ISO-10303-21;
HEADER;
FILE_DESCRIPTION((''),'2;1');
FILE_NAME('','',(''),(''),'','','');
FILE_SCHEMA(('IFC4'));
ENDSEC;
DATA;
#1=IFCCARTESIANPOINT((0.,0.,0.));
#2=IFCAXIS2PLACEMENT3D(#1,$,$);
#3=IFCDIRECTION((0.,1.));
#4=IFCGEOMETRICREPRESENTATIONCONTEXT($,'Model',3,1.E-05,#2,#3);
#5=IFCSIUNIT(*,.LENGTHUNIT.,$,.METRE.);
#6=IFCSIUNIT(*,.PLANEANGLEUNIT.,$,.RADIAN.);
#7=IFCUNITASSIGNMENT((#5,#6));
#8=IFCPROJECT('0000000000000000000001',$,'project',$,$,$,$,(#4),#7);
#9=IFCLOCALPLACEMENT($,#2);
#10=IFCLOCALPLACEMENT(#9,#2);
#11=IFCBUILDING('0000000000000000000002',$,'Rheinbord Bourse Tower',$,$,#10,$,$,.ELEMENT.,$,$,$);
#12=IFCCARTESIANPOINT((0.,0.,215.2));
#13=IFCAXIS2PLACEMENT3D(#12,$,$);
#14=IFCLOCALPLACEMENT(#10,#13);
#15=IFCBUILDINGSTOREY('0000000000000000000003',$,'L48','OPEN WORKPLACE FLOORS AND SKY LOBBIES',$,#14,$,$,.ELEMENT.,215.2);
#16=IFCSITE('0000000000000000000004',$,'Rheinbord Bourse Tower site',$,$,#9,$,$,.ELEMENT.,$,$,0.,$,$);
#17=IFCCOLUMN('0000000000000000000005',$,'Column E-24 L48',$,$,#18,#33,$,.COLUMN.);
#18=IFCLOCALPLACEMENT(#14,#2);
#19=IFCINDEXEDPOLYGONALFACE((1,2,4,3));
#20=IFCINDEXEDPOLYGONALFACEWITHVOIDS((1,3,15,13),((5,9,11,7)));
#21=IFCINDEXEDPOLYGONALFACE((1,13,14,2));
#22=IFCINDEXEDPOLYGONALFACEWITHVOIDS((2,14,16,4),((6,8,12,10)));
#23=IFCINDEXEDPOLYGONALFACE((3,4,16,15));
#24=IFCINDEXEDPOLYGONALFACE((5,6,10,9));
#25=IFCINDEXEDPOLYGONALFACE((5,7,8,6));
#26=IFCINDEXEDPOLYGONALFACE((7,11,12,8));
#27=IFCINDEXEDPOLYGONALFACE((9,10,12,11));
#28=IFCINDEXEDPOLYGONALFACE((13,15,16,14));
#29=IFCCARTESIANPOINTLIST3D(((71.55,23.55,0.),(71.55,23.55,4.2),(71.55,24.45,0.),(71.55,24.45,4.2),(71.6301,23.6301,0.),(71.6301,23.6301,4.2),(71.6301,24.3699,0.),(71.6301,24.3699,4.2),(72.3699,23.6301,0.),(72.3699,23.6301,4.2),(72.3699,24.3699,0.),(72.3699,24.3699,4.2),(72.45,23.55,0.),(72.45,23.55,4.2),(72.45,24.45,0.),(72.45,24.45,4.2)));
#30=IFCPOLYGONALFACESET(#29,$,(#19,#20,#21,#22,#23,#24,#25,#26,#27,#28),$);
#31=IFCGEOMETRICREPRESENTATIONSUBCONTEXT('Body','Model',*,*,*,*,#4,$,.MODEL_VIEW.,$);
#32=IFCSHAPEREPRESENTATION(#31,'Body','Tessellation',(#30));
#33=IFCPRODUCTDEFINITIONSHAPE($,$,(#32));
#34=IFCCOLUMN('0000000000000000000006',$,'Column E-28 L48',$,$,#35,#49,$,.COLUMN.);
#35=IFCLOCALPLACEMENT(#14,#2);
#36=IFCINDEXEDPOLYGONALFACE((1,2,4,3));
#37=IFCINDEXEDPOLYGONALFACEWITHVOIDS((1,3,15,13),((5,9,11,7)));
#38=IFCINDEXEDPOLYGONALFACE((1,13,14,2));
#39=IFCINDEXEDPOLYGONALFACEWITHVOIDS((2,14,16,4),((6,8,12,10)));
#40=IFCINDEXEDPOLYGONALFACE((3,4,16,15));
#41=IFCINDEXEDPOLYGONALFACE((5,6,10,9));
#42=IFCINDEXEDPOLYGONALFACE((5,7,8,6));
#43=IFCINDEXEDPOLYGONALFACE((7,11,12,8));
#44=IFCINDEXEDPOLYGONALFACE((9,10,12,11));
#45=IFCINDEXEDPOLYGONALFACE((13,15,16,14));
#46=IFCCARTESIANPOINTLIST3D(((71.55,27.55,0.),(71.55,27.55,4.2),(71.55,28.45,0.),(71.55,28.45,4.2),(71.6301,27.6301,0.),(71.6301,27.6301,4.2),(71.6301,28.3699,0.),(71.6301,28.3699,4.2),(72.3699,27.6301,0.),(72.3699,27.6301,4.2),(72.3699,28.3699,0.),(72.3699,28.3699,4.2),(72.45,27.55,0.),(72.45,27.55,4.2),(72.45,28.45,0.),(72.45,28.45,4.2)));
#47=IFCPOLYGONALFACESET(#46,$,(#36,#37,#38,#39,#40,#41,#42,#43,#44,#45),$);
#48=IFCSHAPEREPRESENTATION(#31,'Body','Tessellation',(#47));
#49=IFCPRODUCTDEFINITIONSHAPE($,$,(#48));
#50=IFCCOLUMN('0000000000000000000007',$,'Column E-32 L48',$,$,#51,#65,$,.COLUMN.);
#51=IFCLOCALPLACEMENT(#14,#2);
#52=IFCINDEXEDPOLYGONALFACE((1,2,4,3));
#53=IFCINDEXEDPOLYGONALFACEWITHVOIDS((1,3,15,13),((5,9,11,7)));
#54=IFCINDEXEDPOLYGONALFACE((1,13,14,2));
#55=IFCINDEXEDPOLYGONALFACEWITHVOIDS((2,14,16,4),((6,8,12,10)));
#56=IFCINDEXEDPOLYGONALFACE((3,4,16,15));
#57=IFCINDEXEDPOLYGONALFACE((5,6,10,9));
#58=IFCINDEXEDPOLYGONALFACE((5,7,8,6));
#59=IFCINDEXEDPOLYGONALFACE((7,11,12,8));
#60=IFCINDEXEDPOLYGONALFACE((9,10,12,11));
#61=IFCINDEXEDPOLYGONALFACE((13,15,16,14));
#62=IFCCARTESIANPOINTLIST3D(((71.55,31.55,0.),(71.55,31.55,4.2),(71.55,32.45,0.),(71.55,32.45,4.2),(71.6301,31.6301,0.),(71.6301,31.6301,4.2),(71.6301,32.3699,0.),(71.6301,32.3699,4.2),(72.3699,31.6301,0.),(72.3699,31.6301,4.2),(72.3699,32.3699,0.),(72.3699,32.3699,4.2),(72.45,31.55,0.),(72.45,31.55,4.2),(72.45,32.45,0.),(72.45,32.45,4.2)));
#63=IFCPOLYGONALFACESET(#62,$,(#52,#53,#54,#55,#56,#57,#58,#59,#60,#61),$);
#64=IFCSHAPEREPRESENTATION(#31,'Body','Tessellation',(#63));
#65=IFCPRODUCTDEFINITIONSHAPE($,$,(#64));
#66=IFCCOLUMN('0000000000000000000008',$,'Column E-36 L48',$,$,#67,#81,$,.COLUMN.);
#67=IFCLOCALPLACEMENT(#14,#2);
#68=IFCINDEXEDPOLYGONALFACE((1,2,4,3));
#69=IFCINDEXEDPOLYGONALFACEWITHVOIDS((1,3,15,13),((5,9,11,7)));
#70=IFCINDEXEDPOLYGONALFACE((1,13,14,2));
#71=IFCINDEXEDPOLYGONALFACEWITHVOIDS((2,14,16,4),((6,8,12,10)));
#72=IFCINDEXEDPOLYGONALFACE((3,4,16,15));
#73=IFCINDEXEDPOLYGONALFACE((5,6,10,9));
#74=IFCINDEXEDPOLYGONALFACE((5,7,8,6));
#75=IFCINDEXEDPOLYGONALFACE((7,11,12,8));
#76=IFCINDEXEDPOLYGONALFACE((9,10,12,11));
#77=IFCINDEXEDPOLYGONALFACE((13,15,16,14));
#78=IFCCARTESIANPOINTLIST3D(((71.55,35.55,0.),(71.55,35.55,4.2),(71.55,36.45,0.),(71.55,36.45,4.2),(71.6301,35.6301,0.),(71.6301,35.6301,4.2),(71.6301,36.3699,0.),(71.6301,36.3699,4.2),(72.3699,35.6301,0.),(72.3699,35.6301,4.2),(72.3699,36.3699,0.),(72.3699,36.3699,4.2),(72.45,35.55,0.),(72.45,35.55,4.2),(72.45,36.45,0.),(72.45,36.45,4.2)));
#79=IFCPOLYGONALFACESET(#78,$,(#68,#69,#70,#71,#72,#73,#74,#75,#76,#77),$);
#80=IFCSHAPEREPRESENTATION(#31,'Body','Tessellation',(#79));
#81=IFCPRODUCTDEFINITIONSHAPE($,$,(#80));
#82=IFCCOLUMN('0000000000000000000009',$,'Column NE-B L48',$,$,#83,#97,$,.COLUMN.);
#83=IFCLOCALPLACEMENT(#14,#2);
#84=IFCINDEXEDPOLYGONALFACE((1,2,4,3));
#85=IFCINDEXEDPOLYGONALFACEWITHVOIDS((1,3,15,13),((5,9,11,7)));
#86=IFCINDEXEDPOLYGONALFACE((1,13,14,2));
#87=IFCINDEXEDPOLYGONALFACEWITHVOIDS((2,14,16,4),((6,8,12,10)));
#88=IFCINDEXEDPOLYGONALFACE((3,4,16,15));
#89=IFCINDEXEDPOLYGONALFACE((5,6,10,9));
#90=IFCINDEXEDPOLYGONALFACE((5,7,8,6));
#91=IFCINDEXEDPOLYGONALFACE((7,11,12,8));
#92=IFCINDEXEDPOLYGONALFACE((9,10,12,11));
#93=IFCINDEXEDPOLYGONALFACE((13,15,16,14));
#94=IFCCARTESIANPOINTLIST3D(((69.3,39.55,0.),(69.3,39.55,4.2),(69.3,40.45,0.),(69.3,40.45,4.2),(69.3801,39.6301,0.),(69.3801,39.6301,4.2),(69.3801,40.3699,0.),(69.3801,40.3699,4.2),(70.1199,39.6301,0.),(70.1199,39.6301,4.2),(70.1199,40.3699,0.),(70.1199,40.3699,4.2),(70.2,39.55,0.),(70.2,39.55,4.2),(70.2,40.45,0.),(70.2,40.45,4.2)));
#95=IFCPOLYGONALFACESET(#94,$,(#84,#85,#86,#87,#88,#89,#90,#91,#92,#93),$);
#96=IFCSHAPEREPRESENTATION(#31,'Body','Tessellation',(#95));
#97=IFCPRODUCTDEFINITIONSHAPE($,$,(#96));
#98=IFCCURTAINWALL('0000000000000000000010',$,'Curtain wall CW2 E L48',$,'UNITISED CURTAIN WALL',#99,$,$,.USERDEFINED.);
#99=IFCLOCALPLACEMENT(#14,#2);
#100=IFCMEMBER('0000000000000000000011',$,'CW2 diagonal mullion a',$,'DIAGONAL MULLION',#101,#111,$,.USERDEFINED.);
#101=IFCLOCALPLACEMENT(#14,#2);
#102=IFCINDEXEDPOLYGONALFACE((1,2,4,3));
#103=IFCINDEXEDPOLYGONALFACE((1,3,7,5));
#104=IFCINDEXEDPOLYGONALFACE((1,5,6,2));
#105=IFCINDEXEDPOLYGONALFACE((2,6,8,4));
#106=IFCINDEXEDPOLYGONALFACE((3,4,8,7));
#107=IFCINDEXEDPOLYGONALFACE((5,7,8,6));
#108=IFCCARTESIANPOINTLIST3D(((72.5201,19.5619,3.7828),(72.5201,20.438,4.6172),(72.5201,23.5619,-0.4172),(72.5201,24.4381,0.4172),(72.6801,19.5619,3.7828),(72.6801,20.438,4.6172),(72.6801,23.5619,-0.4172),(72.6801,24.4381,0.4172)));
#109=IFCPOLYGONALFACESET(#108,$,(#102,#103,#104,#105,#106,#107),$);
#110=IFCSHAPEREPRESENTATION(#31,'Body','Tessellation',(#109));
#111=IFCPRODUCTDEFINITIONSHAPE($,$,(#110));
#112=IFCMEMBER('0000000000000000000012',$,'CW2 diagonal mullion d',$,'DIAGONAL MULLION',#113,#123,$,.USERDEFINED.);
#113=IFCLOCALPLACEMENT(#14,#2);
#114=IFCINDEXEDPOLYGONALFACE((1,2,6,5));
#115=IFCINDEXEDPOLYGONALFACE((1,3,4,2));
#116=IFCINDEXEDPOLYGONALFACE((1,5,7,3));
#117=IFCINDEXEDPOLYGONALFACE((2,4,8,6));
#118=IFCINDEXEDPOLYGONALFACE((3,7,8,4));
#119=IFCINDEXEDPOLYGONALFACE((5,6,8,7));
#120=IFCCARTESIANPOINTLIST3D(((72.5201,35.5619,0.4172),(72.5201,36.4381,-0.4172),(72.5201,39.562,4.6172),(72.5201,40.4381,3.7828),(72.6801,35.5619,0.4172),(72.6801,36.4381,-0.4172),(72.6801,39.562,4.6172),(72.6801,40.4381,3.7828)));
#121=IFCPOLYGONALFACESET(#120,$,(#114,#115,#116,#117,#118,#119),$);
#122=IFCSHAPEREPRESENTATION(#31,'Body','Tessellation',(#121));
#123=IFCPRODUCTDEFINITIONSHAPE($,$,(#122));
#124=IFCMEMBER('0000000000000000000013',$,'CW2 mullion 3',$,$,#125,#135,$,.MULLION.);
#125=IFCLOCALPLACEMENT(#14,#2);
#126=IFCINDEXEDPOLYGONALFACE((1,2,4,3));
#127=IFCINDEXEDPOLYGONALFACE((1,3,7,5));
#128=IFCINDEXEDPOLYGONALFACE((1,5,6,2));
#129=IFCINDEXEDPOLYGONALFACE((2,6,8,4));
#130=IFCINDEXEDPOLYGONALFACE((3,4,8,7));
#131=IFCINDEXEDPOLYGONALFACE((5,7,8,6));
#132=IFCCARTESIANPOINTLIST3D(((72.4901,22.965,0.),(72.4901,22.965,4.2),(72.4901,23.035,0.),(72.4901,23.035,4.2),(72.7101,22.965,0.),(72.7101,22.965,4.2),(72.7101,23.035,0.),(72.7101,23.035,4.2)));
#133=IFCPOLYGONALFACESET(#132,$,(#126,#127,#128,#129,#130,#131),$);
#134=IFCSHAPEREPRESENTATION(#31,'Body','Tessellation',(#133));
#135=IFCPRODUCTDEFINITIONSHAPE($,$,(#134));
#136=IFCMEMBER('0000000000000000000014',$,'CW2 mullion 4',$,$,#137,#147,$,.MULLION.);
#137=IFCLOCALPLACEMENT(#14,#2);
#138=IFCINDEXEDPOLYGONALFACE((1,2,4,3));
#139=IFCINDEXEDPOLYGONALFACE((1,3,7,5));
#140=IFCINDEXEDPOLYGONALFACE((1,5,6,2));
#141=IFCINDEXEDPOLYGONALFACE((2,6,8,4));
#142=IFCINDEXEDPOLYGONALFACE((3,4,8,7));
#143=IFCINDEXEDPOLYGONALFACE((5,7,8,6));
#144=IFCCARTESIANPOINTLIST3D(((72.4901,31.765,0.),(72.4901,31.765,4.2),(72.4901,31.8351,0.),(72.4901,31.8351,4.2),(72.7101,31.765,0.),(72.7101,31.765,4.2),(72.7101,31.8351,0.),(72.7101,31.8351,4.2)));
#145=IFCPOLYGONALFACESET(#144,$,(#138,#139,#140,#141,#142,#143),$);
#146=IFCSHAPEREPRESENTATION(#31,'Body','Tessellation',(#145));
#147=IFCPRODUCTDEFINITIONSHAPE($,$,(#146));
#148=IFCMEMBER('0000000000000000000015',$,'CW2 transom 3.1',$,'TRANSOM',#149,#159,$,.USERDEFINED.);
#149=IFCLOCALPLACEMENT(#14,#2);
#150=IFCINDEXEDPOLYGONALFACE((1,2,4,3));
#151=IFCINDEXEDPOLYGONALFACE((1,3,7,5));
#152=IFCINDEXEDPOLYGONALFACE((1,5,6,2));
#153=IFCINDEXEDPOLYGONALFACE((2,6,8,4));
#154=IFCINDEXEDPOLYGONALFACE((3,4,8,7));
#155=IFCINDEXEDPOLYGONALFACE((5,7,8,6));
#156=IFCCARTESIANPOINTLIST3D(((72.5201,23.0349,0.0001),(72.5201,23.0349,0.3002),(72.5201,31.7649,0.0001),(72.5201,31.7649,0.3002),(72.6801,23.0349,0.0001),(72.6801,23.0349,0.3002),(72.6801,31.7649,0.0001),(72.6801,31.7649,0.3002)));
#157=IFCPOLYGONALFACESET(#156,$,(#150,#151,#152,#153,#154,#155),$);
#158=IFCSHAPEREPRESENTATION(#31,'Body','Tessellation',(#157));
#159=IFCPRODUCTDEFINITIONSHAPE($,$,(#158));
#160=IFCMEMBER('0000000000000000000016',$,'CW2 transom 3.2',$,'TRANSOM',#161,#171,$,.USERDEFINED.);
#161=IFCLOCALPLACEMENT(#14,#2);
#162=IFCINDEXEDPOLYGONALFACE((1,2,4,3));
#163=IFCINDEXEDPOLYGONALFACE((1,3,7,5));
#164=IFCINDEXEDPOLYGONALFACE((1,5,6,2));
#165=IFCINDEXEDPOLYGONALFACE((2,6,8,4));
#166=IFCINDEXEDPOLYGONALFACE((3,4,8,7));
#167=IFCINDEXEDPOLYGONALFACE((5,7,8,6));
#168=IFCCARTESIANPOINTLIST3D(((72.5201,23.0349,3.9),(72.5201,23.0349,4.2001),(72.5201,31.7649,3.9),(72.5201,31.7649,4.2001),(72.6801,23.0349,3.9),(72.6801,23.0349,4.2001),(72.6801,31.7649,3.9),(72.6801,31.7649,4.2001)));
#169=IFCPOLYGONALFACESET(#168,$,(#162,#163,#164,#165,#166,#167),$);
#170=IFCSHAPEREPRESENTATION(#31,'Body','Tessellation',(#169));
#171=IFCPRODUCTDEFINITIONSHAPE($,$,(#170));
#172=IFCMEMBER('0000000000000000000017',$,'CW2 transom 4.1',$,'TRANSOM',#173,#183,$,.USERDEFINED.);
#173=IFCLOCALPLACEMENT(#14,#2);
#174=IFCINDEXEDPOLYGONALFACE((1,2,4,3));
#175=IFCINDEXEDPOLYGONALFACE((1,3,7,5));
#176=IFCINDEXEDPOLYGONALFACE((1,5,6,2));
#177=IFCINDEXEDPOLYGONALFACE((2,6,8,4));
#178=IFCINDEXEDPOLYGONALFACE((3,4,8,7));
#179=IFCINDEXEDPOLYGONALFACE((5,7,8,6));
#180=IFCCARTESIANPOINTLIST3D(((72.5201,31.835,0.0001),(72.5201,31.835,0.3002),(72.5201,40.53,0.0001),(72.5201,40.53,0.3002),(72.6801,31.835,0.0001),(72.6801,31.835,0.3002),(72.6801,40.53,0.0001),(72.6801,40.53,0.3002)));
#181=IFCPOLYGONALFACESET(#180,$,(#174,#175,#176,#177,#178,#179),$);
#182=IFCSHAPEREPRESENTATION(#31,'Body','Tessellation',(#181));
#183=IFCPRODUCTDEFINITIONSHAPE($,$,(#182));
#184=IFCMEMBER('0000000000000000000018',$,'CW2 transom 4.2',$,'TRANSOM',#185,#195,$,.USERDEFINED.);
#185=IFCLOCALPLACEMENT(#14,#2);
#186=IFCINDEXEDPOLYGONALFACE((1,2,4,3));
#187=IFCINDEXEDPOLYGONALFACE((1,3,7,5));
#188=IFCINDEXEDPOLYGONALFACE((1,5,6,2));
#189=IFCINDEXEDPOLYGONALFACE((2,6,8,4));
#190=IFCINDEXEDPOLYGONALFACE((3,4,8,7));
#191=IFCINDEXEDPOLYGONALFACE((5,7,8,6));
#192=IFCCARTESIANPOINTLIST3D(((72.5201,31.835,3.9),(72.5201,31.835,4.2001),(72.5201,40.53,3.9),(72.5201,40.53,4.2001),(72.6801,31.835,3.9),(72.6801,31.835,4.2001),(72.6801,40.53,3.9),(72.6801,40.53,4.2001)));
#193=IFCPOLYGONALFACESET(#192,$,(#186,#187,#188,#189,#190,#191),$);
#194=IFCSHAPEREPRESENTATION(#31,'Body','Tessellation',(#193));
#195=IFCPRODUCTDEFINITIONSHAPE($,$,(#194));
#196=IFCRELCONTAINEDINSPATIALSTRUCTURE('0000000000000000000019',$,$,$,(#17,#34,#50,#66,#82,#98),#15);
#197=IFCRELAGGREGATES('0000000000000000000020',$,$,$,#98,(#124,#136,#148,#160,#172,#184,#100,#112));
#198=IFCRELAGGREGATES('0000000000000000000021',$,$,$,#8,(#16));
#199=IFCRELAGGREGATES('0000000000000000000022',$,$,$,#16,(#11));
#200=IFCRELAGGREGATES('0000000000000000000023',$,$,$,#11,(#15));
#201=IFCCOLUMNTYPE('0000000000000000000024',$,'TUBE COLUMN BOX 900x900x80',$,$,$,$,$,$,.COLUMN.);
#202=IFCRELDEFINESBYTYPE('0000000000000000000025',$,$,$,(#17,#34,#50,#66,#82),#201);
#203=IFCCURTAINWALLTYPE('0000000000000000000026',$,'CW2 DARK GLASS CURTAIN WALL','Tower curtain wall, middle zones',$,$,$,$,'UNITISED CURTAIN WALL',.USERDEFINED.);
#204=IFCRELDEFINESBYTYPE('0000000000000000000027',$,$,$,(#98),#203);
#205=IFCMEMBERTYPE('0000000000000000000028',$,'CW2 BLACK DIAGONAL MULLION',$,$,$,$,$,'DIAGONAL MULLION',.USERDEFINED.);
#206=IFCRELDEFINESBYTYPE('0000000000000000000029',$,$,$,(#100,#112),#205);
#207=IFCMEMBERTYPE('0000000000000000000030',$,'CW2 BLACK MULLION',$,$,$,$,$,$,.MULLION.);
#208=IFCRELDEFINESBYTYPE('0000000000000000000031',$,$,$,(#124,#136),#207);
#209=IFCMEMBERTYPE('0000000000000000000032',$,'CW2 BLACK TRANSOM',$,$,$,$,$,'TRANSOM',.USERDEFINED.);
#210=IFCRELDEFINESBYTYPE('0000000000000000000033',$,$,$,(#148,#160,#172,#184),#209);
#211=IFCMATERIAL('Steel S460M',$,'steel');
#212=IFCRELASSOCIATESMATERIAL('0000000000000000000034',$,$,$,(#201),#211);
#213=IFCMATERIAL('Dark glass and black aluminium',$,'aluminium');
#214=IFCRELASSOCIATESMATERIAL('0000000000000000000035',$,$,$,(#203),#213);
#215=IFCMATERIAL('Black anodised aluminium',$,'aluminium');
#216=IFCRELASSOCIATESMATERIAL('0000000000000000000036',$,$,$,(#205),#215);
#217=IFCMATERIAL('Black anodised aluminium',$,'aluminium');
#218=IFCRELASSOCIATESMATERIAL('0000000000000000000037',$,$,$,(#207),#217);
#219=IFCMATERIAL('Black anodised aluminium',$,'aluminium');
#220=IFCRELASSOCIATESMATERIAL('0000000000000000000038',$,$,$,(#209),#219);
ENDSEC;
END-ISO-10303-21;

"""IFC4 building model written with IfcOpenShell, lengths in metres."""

from ifc_helpers import new_model, si_unit, direction, frame, origin, origin_2d, place, context, subcontext, project, spatial, rectangle, hollow_rectangle, extrude, material, material_profile, profile_set, type_object, element, aggregate, save


model = new_model("IFC4")

# Units and contexts
model_context = context("Model", 3, precision=1e-05, world=origin(), true_north=direction((0.0, 1.0)))
body_context = subcontext(model_context, "Body", "Model", "MODEL_VIEW")
ifc_project = project(units=[si_unit("LENGTHUNIT", "METRE"), si_unit("PLANEANGLEUNIT", "RADIAN")], contexts=[model_context])

# Site, building, storey
site_placement = place(None, origin())
site = spatial("IfcSite", under=ifc_project, at=site_placement, Name="Rheinbord Bourse Tower site", CompositionType="ELEMENT", RefElevation=0.0)
building_placement = place(site_placement, origin())
building = spatial("IfcBuilding", under=site, at=building_placement, Name="Rheinbord Bourse Tower", CompositionType="ELEMENT")
storey_placement = place(building_placement, frame((0.0, 0.0, 215.2)))
storey = spatial("IfcBuildingStorey", under=building, at=storey_placement, Name="L48", Description="OPEN WORKPLACE FLOORS AND SKY LOBBIES", CompositionType="ELEMENT", Elevation=215.2)

# Columns
ifc_material_1 = material(Name="Steel S460M", Category="steel")
ifc_material_profile_1 = material_profile(ifc_material_1, hollow_rectangle(XDim=0.8999, YDim=0.8999, WallThickness=0.0801, at=origin_2d()), Name="BOX 900x900x80")
ifc_profile_set_1 = profile_set([ifc_material_profile_1], Name="Steel S460M")
column_type = type_object("IfcColumnType", Name="TUBE COLUMN BOX 900x900x80", PredefinedType="COLUMN", material=ifc_profile_set_1)
for number, where, z_axis, x_axis, name in (
    (1, (72.0, 24.0, 0.0), (0.0, 0.0, 1.0), (1.0, 0.0, 0.0), "Column E-24 L48"),
    (2, (72.0, 28.0, 0.0), (0.0, 0.0, 1.0), (1.0, 0.0, 0.0), "Column E-28 L48"),
    (3, (72.0, 32.0, 0.0), (0.0, 0.0, 1.0), (1.0, 0.0, 0.0), "Column E-32 L48"),
    (4, (72.0, 36.0, 0.0), (0.0, 0.0, 1.0), (1.0, 0.0, 0.0), "Column E-36 L48"),
    (5, (69.75, 40.0, 0.0), (0.0, 0.0, 1.0), (1.0, 0.0, 0.0), "Column NE-B L48"),
):
    element("IfcColumn", number, at=place(storey_placement, frame(where, z_axis=z_axis, x_axis=x_axis)), inside=storey, type_object=column_type, Name=name, PredefinedType="COLUMN", context=body_context, shape_type="SweptSolid", body=[
        extrude(hollow_rectangle(XDim=0.8999, YDim=0.8999, WallThickness=0.0801, at=origin_2d()), origin(), (0.0, 0.0, 1.0), 4.2),
    ])

# Curtain wall, members
ifc_material_2 = material(Name="Dark glass and black aluminium", Category="aluminium")
curtain_wall_type = type_object("IfcCurtainWallType", Name="CW2 DARK GLASS CURTAIN WALL", Description="Tower curtain wall, middle zones", ElementType="UNITISED CURTAIN WALL", PredefinedType="USERDEFINED", material=ifc_material_2)
curtain_wall_placement = place(storey_placement, origin())
curtain_wall = element("IfcCurtainWall", 6, at=curtain_wall_placement, inside=storey, type_object=curtain_wall_type, Name="Curtain wall CW2 E L48", ObjectType="UNITISED CURTAIN WALL", PredefinedType="USERDEFINED")
ifc_material_3 = material(Name="Black anodised aluminium", Category="aluminium")
ifc_material_profile_2 = material_profile(ifc_material_3, rectangle(XDim=0.1599, YDim=1.21, at=origin_2d()), Name="CW2 DIAGONAL MULLION 1210x160")
ifc_profile_set_2 = profile_set([ifc_material_profile_2], Name="Black anodised aluminium")
member_type_1 = type_object("IfcMemberType", Name="CW2 BLACK DIAGONAL MULLION", ElementType="DIAGONAL MULLION", PredefinedType="USERDEFINED", material=ifc_profile_set_2)
member_1_placement = place(storey_placement, frame((72.6001, 24.0, 0.0), z_axis=(0.0, -0.689659, 0.724134), x_axis=(1.0, 0.0, 0.0)))
member_1 = element("IfcMember", 7, at=member_1_placement, type_object=member_type_1, Name="CW2 diagonal mullion a", ObjectType="DIAGONAL MULLION", PredefinedType="USERDEFINED", context=body_context, shape_type="SweptSolid", body=[
    extrude(rectangle(XDim=0.1599, YDim=1.21, at=origin_2d()), origin(), (0.0, 0.0, 1.0), 5.8),
])
member_2_placement = place(storey_placement, frame((72.6001, 36.0, 0.0), z_axis=(0.0, 0.689659, 0.724134), x_axis=(-1.0, 0.0, 0.0)))
member_2 = element("IfcMember", 8, at=member_2_placement, type_object=member_type_1, Name="CW2 diagonal mullion d", ObjectType="DIAGONAL MULLION", PredefinedType="USERDEFINED", context=body_context, shape_type="SweptSolid", body=[
    extrude(rectangle(XDim=0.1599, YDim=1.21, at=origin_2d()), origin(), (0.0, 0.0, 1.0), 5.8),
])
ifc_material_4 = material(Name="Black anodised aluminium", Category="aluminium")
ifc_material_profile_3 = material_profile(ifc_material_4, rectangle(XDim=0.22, YDim=0.0701, at=origin_2d()), Name="CW2 MULLION 70x220")
ifc_profile_set_3 = profile_set([ifc_material_profile_3], Name="Black anodised aluminium")
member_type_2 = type_object("IfcMemberType", Name="CW2 BLACK MULLION", PredefinedType="MULLION", material=ifc_profile_set_3)
member_3_placement = place(storey_placement, frame((72.6001, 23.0, 0.0), z_axis=(0.0, 0.0, 1.0), x_axis=(-1.0, 0.0, 0.0)))
member_3 = element("IfcMember", 9, at=member_3_placement, type_object=member_type_2, Name="CW2 mullion 3", PredefinedType="MULLION", context=body_context, shape_type="SweptSolid", body=[
    extrude(rectangle(XDim=0.22, YDim=0.0701, at=origin_2d()), origin(), (0.0, 0.0, 1.0), 4.2),
])
member_4_placement = place(storey_placement, frame((72.6001, 31.8, 0.0), z_axis=(0.0, 0.0, 1.0), x_axis=(-1.0, 0.0, 0.0)))
member_4 = element("IfcMember", 10, at=member_4_placement, type_object=member_type_2, Name="CW2 mullion 4", PredefinedType="MULLION", context=body_context, shape_type="SweptSolid", body=[
    extrude(rectangle(XDim=0.22, YDim=0.0701, at=origin_2d()), origin(), (0.0, 0.0, 1.0), 4.2),
])
ifc_material_5 = material(Name="Black anodised aluminium", Category="aluminium")
ifc_material_profile_4 = material_profile(ifc_material_5, rectangle(XDim=0.1599, YDim=0.3, at=origin_2d()), Name="CW2 TRANSOM 300x160")
ifc_profile_set_4 = profile_set([ifc_material_profile_4], Name="Black anodised aluminium")
member_type_3 = type_object("IfcMemberType", Name="CW2 BLACK TRANSOM", ElementType="TRANSOM", PredefinedType="USERDEFINED", material=ifc_profile_set_4)
member_5_placement = place(storey_placement, frame((72.6001, 23.0349, 0.1501), z_axis=(0.0, 1.0, 0.0), x_axis=(-1.0, 0.0, 0.0)))
member_5 = element("IfcMember", 11, at=member_5_placement, type_object=member_type_3, Name="CW2 transom 3.1", ObjectType="TRANSOM", PredefinedType="USERDEFINED", context=body_context, shape_type="SweptSolid", body=[
    extrude(rectangle(XDim=0.1599, YDim=0.3, at=origin_2d()), origin(), (0.0, 0.0, 1.0), 8.73),
])
member_6_placement = place(storey_placement, frame((72.6001, 23.0349, 4.05), z_axis=(0.0, 1.0, 0.0), x_axis=(-1.0, 0.0, 0.0)))
member_6 = element("IfcMember", 12, at=member_6_placement, type_object=member_type_3, Name="CW2 transom 3.2", ObjectType="TRANSOM", PredefinedType="USERDEFINED", context=body_context, shape_type="SweptSolid", body=[
    extrude(rectangle(XDim=0.1599, YDim=0.3, at=origin_2d()), origin(), (0.0, 0.0, 1.0), 8.73),
])
member_7_placement = place(storey_placement, frame((72.6001, 31.835, 0.1501), z_axis=(0.0, 1.0, 0.0), x_axis=(-1.0, 0.0, 0.0)))
member_7 = element("IfcMember", 13, at=member_7_placement, type_object=member_type_3, Name="CW2 transom 4.1", ObjectType="TRANSOM", PredefinedType="USERDEFINED", context=body_context, shape_type="SweptSolid", body=[
    extrude(rectangle(XDim=0.1599, YDim=0.3, at=origin_2d()), origin(), (0.0, 0.0, 1.0), 8.6951),
])
member_8_placement = place(storey_placement, frame((72.6001, 31.835, 4.05), z_axis=(0.0, 1.0, 0.0), x_axis=(-1.0, 0.0, 0.0)))
member_8 = element("IfcMember", 14, at=member_8_placement, type_object=member_type_3, Name="CW2 transom 4.2", ObjectType="TRANSOM", PredefinedType="USERDEFINED", context=body_context, shape_type="SweptSolid", body=[
    extrude(rectangle(XDim=0.1599, YDim=0.3, at=origin_2d()), origin(), (0.0, 0.0, 1.0), 8.6951),
])

aggregate(curtain_wall, [member_3, member_4, member_5, member_6, member_7, member_8, member_1, member_2])

save(model, "model.ifc")
